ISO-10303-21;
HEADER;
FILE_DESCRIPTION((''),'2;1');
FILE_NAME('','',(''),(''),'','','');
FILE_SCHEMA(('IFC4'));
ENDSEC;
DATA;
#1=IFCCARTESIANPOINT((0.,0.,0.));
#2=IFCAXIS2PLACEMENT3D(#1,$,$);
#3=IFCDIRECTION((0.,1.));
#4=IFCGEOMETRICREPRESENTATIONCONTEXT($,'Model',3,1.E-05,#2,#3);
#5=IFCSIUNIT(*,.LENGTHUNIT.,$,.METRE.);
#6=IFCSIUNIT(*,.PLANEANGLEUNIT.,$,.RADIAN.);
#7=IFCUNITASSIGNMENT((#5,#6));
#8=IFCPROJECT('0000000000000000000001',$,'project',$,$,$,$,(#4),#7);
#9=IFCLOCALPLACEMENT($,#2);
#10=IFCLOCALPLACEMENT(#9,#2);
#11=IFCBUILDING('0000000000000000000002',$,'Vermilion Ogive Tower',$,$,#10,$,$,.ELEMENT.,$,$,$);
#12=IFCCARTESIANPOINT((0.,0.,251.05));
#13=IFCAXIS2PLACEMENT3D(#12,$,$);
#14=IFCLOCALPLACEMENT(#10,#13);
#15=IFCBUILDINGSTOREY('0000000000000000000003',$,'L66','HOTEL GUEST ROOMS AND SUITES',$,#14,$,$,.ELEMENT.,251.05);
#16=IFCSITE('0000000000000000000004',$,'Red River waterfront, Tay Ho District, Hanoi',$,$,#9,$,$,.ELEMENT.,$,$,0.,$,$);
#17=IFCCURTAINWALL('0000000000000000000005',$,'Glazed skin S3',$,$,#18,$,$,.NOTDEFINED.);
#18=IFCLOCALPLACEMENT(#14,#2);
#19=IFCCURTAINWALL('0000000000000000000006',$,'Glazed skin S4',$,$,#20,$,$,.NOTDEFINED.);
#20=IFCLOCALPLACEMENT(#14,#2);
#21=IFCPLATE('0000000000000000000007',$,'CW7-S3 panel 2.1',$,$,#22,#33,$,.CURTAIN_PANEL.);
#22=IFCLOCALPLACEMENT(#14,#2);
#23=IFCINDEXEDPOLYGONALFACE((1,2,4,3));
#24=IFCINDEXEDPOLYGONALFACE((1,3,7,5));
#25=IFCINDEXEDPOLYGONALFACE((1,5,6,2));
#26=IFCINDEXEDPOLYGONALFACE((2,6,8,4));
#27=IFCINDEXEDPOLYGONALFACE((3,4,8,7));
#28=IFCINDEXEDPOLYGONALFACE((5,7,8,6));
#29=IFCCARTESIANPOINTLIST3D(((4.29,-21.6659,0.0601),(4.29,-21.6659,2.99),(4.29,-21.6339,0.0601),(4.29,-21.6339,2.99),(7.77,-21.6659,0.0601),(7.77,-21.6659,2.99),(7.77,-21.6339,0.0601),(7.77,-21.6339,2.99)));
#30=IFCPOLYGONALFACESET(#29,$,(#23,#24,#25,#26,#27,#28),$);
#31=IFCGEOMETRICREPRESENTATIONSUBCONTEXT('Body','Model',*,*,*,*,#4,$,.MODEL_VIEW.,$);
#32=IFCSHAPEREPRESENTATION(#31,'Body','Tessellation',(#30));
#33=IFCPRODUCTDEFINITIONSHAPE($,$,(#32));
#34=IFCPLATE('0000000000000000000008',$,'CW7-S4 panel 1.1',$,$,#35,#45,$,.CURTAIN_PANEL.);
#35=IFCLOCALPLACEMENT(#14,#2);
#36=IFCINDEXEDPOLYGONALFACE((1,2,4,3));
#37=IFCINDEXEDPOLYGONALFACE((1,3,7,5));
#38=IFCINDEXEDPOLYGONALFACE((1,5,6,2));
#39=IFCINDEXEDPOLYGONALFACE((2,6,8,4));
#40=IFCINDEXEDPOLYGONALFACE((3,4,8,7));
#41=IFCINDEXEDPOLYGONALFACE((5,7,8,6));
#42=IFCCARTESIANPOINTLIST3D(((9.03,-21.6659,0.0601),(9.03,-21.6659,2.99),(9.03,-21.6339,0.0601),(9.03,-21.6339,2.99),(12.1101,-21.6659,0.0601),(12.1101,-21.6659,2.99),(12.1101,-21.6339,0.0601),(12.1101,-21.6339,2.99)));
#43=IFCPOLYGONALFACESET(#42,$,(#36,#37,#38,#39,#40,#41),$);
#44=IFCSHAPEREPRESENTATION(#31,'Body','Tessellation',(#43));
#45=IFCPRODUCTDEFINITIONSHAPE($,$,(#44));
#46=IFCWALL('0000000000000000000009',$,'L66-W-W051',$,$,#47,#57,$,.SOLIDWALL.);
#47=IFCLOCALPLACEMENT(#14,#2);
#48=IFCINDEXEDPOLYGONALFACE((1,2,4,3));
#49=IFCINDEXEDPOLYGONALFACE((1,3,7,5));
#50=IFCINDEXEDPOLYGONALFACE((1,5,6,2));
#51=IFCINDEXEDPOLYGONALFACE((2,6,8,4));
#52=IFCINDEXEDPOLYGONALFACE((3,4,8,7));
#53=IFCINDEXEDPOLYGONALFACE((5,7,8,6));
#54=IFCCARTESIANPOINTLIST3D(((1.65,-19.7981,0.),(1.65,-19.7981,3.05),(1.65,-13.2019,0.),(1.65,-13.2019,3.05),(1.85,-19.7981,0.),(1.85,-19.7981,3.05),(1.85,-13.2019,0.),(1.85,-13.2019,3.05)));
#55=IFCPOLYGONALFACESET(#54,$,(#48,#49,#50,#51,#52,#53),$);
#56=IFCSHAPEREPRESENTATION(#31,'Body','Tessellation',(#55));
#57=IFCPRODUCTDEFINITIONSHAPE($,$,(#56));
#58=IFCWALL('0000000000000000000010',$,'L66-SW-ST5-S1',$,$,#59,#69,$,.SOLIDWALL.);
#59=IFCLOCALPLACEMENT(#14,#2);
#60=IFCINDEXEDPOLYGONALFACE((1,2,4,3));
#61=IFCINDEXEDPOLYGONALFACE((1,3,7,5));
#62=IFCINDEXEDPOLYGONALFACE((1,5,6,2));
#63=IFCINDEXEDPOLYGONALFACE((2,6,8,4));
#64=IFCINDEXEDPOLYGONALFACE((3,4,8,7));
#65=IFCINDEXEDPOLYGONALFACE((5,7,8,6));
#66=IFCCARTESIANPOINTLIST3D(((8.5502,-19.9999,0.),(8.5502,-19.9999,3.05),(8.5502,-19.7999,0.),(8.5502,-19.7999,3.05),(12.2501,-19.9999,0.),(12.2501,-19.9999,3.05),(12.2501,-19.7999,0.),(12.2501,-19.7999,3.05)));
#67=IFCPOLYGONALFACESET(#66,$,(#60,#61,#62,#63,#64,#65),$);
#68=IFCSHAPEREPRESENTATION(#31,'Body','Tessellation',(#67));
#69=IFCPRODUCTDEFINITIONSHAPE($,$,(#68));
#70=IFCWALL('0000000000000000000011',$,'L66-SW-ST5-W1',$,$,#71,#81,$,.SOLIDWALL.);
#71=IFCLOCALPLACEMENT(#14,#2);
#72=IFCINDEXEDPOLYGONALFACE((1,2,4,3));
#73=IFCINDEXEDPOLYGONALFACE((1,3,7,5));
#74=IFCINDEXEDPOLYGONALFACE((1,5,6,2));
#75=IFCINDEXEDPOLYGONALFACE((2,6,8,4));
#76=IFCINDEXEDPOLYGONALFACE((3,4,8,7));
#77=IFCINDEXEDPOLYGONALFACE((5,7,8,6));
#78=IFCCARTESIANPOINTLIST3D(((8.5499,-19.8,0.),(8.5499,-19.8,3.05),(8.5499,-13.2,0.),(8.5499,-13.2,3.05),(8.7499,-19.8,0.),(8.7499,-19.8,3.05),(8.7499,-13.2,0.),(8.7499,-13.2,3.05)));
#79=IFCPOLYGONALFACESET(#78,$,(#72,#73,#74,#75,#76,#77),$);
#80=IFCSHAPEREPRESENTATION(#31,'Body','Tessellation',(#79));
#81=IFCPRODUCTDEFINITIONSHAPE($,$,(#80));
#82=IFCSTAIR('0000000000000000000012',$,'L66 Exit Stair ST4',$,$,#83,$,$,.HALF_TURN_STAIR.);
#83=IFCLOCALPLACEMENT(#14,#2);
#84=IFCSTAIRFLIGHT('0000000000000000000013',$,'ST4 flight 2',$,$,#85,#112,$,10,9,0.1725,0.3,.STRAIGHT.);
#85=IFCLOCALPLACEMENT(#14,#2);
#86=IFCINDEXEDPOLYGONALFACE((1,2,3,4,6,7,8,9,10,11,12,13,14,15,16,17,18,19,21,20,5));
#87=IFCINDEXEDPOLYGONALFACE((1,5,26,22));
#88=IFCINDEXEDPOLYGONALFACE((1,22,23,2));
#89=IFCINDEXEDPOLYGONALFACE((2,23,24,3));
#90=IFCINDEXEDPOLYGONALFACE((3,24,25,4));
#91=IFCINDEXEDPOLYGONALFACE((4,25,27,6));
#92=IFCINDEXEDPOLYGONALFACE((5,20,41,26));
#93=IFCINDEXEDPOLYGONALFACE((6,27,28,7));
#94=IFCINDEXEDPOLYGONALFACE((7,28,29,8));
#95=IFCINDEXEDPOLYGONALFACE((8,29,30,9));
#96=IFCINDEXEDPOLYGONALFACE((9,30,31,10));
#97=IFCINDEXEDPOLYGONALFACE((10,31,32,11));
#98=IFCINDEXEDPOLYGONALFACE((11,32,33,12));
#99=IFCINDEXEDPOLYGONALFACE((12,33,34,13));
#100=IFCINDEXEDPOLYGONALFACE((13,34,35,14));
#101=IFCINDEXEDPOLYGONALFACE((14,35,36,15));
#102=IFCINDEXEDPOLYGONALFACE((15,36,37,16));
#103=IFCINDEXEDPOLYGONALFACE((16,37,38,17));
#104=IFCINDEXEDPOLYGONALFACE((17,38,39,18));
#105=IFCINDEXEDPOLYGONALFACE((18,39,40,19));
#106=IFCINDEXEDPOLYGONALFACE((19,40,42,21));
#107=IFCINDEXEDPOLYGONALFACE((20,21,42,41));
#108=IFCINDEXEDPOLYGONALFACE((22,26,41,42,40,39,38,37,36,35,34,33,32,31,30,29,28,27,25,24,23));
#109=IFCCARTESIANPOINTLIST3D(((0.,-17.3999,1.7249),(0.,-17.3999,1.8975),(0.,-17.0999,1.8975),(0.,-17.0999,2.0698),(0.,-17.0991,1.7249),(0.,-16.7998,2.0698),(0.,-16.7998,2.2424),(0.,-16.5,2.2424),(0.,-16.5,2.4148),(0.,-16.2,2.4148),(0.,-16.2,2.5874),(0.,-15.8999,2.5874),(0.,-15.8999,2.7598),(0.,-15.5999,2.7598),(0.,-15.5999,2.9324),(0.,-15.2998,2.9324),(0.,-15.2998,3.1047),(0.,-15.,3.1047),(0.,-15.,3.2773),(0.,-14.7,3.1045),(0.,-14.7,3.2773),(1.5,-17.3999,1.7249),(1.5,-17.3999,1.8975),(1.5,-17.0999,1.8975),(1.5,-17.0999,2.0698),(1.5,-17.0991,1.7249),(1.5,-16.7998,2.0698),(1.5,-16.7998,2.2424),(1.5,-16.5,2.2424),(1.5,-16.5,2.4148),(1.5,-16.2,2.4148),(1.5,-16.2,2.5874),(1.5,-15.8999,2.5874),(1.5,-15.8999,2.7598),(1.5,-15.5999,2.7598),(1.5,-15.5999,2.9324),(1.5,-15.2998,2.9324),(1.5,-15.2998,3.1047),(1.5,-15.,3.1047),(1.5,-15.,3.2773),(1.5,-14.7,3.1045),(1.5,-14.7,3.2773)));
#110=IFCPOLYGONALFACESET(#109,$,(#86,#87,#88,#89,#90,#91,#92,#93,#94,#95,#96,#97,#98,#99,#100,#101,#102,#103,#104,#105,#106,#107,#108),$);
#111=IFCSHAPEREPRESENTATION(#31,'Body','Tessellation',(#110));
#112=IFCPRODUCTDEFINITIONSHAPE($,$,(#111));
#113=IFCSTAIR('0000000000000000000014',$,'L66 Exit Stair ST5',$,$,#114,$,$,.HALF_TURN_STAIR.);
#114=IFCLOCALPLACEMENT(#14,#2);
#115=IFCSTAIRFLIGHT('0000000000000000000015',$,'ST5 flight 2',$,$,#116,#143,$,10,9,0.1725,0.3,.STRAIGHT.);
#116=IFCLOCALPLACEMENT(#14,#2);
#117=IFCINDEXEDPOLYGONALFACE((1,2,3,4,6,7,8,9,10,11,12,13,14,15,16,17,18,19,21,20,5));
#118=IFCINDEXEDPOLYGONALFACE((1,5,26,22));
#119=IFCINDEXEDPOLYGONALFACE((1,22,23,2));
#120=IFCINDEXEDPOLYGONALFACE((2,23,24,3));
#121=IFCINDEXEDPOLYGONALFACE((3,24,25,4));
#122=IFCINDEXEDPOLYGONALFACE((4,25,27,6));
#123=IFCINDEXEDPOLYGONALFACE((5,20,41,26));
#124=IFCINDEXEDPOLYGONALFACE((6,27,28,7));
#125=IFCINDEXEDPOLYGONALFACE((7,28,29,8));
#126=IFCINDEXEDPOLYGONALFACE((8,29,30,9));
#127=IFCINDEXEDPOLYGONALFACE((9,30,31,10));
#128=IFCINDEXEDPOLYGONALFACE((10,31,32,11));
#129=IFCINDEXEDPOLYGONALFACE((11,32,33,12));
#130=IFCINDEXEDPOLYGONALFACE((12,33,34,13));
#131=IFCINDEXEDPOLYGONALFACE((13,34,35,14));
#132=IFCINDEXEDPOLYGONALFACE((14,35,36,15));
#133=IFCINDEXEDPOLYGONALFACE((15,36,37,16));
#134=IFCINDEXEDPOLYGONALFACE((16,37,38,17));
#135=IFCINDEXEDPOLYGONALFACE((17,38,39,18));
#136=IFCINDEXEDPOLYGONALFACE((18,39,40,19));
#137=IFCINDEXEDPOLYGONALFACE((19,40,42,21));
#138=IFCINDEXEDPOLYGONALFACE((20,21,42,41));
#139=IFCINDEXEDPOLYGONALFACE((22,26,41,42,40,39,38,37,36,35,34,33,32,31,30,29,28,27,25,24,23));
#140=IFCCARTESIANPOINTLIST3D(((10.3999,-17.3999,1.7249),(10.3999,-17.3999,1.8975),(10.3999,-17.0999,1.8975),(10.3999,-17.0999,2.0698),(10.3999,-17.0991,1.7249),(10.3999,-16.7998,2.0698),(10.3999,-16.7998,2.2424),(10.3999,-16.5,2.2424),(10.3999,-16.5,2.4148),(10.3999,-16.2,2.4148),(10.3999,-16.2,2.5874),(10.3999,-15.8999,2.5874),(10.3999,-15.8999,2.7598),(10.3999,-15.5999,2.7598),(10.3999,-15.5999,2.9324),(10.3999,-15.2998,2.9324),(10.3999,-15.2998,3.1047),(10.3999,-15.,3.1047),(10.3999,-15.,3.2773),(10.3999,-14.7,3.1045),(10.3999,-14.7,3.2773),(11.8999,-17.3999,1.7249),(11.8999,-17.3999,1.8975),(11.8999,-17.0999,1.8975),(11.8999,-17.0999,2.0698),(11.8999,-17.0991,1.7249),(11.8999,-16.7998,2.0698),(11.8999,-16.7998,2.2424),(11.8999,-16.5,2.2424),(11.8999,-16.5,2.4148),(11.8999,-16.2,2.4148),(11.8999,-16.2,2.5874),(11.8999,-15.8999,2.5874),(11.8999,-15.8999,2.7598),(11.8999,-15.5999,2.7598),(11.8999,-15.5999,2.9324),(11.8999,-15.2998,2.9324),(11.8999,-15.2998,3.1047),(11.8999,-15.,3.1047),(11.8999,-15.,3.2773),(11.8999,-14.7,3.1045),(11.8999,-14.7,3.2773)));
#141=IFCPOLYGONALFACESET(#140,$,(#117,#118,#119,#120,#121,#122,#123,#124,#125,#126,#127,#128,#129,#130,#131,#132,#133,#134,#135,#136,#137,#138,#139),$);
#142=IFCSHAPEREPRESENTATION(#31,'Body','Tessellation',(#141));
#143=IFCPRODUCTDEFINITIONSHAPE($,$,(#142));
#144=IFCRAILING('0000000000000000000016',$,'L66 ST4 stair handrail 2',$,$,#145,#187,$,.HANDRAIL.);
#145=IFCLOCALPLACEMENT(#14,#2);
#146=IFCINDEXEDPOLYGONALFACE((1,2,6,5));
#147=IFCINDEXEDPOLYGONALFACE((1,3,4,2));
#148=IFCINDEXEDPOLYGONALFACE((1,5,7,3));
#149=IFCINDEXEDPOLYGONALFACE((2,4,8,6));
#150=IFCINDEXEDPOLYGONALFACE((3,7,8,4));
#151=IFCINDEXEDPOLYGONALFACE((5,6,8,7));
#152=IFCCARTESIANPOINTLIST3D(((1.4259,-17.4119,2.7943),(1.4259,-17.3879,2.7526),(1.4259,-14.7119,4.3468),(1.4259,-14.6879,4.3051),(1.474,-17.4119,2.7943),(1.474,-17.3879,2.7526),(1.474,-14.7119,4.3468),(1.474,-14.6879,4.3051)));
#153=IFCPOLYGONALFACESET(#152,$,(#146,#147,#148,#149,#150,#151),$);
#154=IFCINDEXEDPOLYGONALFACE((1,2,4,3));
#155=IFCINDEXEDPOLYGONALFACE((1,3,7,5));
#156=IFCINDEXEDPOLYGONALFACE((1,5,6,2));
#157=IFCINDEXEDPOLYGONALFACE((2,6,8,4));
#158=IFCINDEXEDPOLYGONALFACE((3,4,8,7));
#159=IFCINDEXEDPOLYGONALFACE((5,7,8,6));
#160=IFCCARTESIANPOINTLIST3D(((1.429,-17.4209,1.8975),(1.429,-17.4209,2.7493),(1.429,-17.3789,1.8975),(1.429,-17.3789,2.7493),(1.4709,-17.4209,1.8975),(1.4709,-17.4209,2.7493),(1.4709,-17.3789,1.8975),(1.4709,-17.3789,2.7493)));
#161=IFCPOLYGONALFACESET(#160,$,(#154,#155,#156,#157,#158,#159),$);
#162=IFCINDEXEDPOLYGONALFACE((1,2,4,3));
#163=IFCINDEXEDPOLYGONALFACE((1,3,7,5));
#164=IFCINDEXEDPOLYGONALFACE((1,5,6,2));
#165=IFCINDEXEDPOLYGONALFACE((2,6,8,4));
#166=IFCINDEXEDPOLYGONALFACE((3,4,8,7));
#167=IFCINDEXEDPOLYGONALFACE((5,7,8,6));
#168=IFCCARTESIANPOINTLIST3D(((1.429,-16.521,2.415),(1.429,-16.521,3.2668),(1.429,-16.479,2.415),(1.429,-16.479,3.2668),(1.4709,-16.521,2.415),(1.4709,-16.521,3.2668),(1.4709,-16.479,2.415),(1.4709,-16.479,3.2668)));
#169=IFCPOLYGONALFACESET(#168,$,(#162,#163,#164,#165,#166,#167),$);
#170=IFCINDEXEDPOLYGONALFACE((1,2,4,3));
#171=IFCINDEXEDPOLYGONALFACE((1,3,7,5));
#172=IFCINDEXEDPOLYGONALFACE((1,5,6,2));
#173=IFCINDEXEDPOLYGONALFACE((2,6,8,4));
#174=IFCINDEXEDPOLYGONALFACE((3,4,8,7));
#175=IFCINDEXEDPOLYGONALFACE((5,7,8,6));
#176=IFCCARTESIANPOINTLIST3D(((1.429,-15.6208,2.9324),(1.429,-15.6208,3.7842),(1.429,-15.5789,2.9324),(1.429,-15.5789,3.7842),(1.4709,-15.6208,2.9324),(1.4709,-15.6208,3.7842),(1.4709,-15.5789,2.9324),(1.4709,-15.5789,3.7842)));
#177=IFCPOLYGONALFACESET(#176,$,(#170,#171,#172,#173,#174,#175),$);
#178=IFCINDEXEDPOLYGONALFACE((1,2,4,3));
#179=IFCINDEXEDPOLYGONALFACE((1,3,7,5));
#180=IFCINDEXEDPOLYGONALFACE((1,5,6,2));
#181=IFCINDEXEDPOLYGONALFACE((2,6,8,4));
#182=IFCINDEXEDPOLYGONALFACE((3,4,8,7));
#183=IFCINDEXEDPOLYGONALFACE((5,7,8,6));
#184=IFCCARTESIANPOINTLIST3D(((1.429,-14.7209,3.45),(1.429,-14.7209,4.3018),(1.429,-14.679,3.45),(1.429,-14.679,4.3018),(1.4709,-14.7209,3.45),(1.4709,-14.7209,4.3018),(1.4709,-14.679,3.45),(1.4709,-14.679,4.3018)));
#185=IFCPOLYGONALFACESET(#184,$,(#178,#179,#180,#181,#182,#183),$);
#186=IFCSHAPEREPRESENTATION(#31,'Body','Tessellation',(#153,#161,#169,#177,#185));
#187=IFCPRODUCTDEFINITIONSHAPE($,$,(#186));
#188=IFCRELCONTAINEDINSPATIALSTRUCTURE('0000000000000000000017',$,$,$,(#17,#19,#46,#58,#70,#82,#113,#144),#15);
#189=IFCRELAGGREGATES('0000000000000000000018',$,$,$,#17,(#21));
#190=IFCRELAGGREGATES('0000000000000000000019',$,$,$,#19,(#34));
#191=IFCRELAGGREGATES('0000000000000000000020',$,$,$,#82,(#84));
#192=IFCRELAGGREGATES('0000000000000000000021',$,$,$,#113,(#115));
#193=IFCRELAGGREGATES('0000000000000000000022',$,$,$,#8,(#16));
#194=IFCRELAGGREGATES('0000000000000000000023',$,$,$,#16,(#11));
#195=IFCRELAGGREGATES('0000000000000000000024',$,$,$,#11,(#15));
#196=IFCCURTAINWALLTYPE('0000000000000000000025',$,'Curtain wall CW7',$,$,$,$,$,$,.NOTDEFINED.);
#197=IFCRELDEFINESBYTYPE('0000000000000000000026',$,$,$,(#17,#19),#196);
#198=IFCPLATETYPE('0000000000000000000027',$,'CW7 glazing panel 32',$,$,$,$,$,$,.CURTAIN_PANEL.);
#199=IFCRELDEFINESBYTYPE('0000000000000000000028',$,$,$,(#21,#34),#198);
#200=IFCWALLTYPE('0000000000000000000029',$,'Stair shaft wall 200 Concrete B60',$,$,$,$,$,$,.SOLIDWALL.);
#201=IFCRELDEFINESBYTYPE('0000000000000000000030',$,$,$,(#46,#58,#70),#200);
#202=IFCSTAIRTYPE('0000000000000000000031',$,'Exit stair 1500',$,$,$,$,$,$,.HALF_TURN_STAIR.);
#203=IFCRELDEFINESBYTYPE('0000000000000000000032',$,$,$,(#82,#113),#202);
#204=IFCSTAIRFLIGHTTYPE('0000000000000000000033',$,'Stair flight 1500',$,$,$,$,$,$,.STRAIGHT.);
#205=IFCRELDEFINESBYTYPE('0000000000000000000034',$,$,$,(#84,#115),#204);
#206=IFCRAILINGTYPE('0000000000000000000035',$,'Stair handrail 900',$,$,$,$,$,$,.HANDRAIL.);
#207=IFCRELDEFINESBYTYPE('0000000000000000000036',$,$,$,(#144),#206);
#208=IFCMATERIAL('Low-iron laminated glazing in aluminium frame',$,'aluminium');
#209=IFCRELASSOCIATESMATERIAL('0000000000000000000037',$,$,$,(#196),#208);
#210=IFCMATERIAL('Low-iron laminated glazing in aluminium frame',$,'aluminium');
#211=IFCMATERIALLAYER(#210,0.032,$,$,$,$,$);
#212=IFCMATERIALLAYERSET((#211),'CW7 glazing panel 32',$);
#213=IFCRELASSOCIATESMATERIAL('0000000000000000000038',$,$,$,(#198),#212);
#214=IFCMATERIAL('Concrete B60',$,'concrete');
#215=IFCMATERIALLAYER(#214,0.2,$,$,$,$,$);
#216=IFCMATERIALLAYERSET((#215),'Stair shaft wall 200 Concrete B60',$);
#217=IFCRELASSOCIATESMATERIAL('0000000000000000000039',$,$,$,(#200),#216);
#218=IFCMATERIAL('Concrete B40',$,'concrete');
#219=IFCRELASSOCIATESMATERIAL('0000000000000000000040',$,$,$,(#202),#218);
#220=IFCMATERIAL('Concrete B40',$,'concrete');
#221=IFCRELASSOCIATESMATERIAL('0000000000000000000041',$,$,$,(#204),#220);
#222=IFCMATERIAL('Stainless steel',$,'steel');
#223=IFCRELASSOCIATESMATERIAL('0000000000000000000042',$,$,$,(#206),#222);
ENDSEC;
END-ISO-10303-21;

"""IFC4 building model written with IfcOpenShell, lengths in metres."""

from ifc_helpers import new_model, si_unit, direction, frame, frame_2d, origin, origin_2d, place, context, subcontext, project, spatial, polyline, rectangle, outline, extrude, material, layer, layer_set, type_object, element, aggregate, save


model = new_model("IFC4")

# Units and contexts
model_context = context("Model", 3, precision=1e-05, world=origin(), true_north=direction((0.0, 1.0)))
body_context = subcontext(model_context, "Body", "Model", "MODEL_VIEW")
ifc_project = project(units=[si_unit("LENGTHUNIT", "METRE"), si_unit("PLANEANGLEUNIT", "RADIAN")], contexts=[model_context])

# Site, building, storey
site_placement = place(None, origin())
site = spatial("IfcSite", under=ifc_project, at=site_placement, Name="Red River waterfront, Tay Ho District, Hanoi", CompositionType="ELEMENT", RefElevation=0.0)
building_placement = place(site_placement, origin())
building = spatial("IfcBuilding", under=site, at=building_placement, Name="Vermilion Ogive Tower", CompositionType="ELEMENT")
storey_placement = place(building_placement, frame((0.0, 0.0, 251.05)))
storey = spatial("IfcBuildingStorey", under=building, at=storey_placement, Name="L66", Description="HOTEL GUEST ROOMS AND SUITES", CompositionType="ELEMENT", Elevation=251.05)

# Curtain wall
ifc_material_1 = material(Name="Low-iron laminated glazing in aluminium frame", Category="aluminium")
curtain_wall_type = type_object("IfcCurtainWallType", Name="Curtain wall CW7", PredefinedType="NOTDEFINED", material=ifc_material_1)
curtain_wall_1_placement = place(storey_placement, origin())
curtain_wall_1 = element("IfcCurtainWall", 1, at=curtain_wall_1_placement, inside=storey, type_object=curtain_wall_type, Name="Glazed skin S3", PredefinedType="NOTDEFINED")

# Curtain wall
curtain_wall_2_placement = place(storey_placement, origin())
curtain_wall_2 = element("IfcCurtainWall", 2, at=curtain_wall_2_placement, inside=storey, type_object=curtain_wall_type, Name="Glazed skin S4", PredefinedType="NOTDEFINED")

# Plates
ifc_material_2 = material(Name="Low-iron laminated glazing in aluminium frame", Category="aluminium")
ifc_layer_1 = layer(ifc_material_2, 0.032)
ifc_layer_set_1 = layer_set([ifc_layer_1], Name="CW7 glazing panel 32")
plate_type = type_object("IfcPlateType", Name="CW7 glazing panel 32", PredefinedType="CURTAIN_PANEL", material=ifc_layer_set_1)
plate_1_placement = place(storey_placement, frame((6.03, -21.6499, 0.0601), z_axis=(0.0, 0.0, 1.0), x_axis=(1.0, 0.0, 0.0)))
plate_1 = element("IfcPlate", 3, at=plate_1_placement, type_object=plate_type, Name="CW7-S3 panel 2.1", PredefinedType="CURTAIN_PANEL", context=body_context, shape_type="SweptSolid", body=[
    extrude(rectangle(XDim=3.48, YDim=0.032, at=origin_2d()), origin(), (0.0, 0.0, 1.0), 2.9299),
])
aggregate(curtain_wall_1, [plate_1])
plate_2_placement = place(storey_placement, frame((10.5701, -21.6499, 0.0601), z_axis=(0.0, 0.0, 1.0), x_axis=(1.0, 0.0, 0.0)))
plate_2 = element("IfcPlate", 4, at=plate_2_placement, type_object=plate_type, Name="CW7-S4 panel 1.1", PredefinedType="CURTAIN_PANEL", context=body_context, shape_type="SweptSolid", body=[
    extrude(rectangle(XDim=3.0801, YDim=0.032, at=origin_2d()), origin(), (0.0, 0.0, 1.0), 2.9299),
])
aggregate(curtain_wall_2, [plate_2])

# Walls
ifc_material_3 = material(Name="Concrete B60", Category="concrete")
ifc_layer_2 = layer(ifc_material_3, 0.2)
ifc_layer_set_2 = layer_set([ifc_layer_2], Name="Stair shaft wall 200 Concrete B60")
wall_type = type_object("IfcWallType", Name="Stair shaft wall 200 Concrete B60", PredefinedType="SOLIDWALL", material=ifc_layer_set_2)
wall_1_placement = place(storey_placement, frame((1.75, -19.7981, 0.0), z_axis=(0.0, 0.0, 1.0), x_axis=(0.0, 1.0, 0.0)))
element("IfcWall", 5, at=wall_1_placement, inside=storey, type_object=wall_type, Name="L66-W-W051", PredefinedType="SOLIDWALL", context=body_context, shape_type="SweptSolid", body=[
    extrude(rectangle(XDim=6.5962, YDim=0.2, at=frame_2d((3.2981, 0.0))), origin(), (0.0, 0.0, 1.0), 3.05),
])
wall_2_placement = place(storey_placement, frame((8.55, -19.8999, 0.0), z_axis=(0.0, 0.0, 1.0), x_axis=(1.0, 0.0, 0.0)))
element("IfcWall", 6, at=wall_2_placement, inside=storey, type_object=wall_type, Name="L66-SW-ST5-S1", PredefinedType="SOLIDWALL", context=body_context, shape_type="SweptSolid", body=[
    extrude(rectangle(XDim=3.7, YDim=0.2, at=frame_2d((1.8501, 0.0))), origin(), (0.0, 0.0, 1.0), 3.05),
])
wall_3_placement = place(storey_placement, frame((8.6499, -19.8, 0.0), z_axis=(0.0, 0.0, 1.0), x_axis=(0.0, 1.0, 0.0)))
element("IfcWall", 7, at=wall_3_placement, inside=storey, type_object=wall_type, Name="L66-SW-ST5-W1", PredefinedType="SOLIDWALL", context=body_context, shape_type="SweptSolid", body=[
    extrude(rectangle(XDim=6.6001, YDim=0.2, at=frame_2d((3.3, 0.0))), origin(), (0.0, 0.0, 1.0), 3.05),
])

# Stairs, stair flights
ifc_material_4 = material(Name="Concrete B40", Category="concrete")
stair_type = type_object("IfcStairType", Name="Exit stair 1500", PredefinedType="HALF_TURN_STAIR", material=ifc_material_4)
stair_1_placement = place(storey_placement, origin())
stair_1 = element("IfcStair", 8, at=stair_1_placement, inside=storey, type_object=stair_type, Name="L66 Exit Stair ST4", PredefinedType="HALF_TURN_STAIR")
ifc_material_5 = material(Name="Concrete B40", Category="concrete")
stair_flight_type = type_object("IfcStairFlightType", Name="Stair flight 1500", PredefinedType="STRAIGHT", material=ifc_material_5)
stair_flight_1_placement = place(storey_placement, frame((0.75, -17.3999, 1.7249), z_axis=(0.0, 0.0, 1.0), x_axis=(0.0, 1.0, 0.0)))
stair_flight_1 = element("IfcStairFlight", 9, at=stair_flight_1_placement, type_object=stair_flight_type, Name="ST4 flight 2", NumberOfRisers=10, NumberOfTreads=9, PredefinedType="STRAIGHT", RiserHeight=0.1725, TreadLength=0.3, context=body_context, shape_type="SweptSolid", body=[
    extrude(outline(polyline([(0.0, 0.0), (0.0, 0.1726), (0.3, 0.1726), (0.3, 0.345), (0.6001, 0.345), (0.6001, 0.5176), (0.8999, 0.5176), (0.8999, 0.6899), (1.2, 0.6899), (1.2, 0.8625), (1.5, 0.8625), (1.5, 1.0349), (1.8, 1.0349), (1.8, 1.2075), (2.1001, 1.2075), (2.1001, 1.3799), (2.3999, 1.3799), (2.3999, 1.5525), (2.7, 1.5525), (2.7, 1.7251), (2.7, 1.3796), (0.3008, 0.0), (0.0, 0.0)])), frame((0.0, 0.75, 0.0), z_axis=(0.0, -1.0, 0.0), x_axis=(1.0, 0.0, 0.0)), (0.0, 0.0, 1.0), 1.5),
])
aggregate(stair_1, [stair_flight_1])
stair_2_placement = place(storey_placement, origin())
stair_2 = element("IfcStair", 10, at=stair_2_placement, inside=storey, type_object=stair_type, Name="L66 Exit Stair ST5", PredefinedType="HALF_TURN_STAIR")
stair_flight_2_placement = place(storey_placement, frame((11.1499, -17.3999, 1.7249), z_axis=(0.0, 0.0, 1.0), x_axis=(0.0, 1.0, 0.0)))
stair_flight_2 = element("IfcStairFlight", 11, at=stair_flight_2_placement, type_object=stair_flight_type, Name="ST5 flight 2", NumberOfRisers=10, NumberOfTreads=9, PredefinedType="STRAIGHT", RiserHeight=0.1725, TreadLength=0.3, context=body_context, shape_type="SweptSolid", body=[
    extrude(outline(polyline([(0.0, 0.0), (0.0, 0.1726), (0.3, 0.1726), (0.3, 0.345), (0.6001, 0.345), (0.6001, 0.5176), (0.8999, 0.5176), (0.8999, 0.6899), (1.2, 0.6899), (1.2, 0.8625), (1.5, 0.8625), (1.5, 1.0349), (1.8, 1.0349), (1.8, 1.2075), (2.1001, 1.2075), (2.1001, 1.3799), (2.3999, 1.3799), (2.3999, 1.5525), (2.7, 1.5525), (2.7, 1.7251), (2.7, 1.3796), (0.3008, 0.0), (0.0, 0.0)])), frame((0.0, 0.75, 0.0), z_axis=(0.0, -1.0, 0.0), x_axis=(1.0, 0.0, 0.0)), (0.0, 0.0, 1.0), 1.5),
])
aggregate(stair_2, [stair_flight_2])

# Railing
ifc_material_6 = material(Name="Stainless steel", Category="steel")
railing_type = type_object("IfcRailingType", Name="Stair handrail 900", PredefinedType="HANDRAIL", material=ifc_material_6)
railing_placement = place(storey_placement, frame((1.45, -17.3999, 1.8975)))
element("IfcRailing", 12, at=railing_placement, inside=storey, type_object=railing_type, Name="L66 ST4 stair handrail 2", PredefinedType="HANDRAIL", context=body_context, shape_type="SweptSolid", body=[
    extrude(rectangle(XDim=0.0481, YDim=0.0481, at=origin_2d()), frame((0.0, 0.0, 0.876), z_axis=(0.0, 0.866904, 0.498476), x_axis=(-1.0, 0.0, 0.0)), (0.0, 0.0, 1.0), 3.1145),
    extrude(rectangle(XDim=0.042, YDim=0.042, at=origin_2d()), origin(), (0.0, 0.0, 1.0), 0.8518),
    extrude(rectangle(XDim=0.042, YDim=0.042, at=origin_2d()), frame((0.0, 0.8999, 0.5176)), (0.0, 0.0, 1.0), 0.8518),
    extrude(rectangle(XDim=0.042, YDim=0.042, at=origin_2d()), frame((0.0, 1.8, 1.0349)), (0.0, 0.0, 1.0), 0.8518),
    extrude(rectangle(XDim=0.042, YDim=0.042, at=origin_2d()), frame((0.0, 2.7, 1.5525)), (0.0, 0.0, 1.0), 0.8518),
])

save(model, "model.ifc")
